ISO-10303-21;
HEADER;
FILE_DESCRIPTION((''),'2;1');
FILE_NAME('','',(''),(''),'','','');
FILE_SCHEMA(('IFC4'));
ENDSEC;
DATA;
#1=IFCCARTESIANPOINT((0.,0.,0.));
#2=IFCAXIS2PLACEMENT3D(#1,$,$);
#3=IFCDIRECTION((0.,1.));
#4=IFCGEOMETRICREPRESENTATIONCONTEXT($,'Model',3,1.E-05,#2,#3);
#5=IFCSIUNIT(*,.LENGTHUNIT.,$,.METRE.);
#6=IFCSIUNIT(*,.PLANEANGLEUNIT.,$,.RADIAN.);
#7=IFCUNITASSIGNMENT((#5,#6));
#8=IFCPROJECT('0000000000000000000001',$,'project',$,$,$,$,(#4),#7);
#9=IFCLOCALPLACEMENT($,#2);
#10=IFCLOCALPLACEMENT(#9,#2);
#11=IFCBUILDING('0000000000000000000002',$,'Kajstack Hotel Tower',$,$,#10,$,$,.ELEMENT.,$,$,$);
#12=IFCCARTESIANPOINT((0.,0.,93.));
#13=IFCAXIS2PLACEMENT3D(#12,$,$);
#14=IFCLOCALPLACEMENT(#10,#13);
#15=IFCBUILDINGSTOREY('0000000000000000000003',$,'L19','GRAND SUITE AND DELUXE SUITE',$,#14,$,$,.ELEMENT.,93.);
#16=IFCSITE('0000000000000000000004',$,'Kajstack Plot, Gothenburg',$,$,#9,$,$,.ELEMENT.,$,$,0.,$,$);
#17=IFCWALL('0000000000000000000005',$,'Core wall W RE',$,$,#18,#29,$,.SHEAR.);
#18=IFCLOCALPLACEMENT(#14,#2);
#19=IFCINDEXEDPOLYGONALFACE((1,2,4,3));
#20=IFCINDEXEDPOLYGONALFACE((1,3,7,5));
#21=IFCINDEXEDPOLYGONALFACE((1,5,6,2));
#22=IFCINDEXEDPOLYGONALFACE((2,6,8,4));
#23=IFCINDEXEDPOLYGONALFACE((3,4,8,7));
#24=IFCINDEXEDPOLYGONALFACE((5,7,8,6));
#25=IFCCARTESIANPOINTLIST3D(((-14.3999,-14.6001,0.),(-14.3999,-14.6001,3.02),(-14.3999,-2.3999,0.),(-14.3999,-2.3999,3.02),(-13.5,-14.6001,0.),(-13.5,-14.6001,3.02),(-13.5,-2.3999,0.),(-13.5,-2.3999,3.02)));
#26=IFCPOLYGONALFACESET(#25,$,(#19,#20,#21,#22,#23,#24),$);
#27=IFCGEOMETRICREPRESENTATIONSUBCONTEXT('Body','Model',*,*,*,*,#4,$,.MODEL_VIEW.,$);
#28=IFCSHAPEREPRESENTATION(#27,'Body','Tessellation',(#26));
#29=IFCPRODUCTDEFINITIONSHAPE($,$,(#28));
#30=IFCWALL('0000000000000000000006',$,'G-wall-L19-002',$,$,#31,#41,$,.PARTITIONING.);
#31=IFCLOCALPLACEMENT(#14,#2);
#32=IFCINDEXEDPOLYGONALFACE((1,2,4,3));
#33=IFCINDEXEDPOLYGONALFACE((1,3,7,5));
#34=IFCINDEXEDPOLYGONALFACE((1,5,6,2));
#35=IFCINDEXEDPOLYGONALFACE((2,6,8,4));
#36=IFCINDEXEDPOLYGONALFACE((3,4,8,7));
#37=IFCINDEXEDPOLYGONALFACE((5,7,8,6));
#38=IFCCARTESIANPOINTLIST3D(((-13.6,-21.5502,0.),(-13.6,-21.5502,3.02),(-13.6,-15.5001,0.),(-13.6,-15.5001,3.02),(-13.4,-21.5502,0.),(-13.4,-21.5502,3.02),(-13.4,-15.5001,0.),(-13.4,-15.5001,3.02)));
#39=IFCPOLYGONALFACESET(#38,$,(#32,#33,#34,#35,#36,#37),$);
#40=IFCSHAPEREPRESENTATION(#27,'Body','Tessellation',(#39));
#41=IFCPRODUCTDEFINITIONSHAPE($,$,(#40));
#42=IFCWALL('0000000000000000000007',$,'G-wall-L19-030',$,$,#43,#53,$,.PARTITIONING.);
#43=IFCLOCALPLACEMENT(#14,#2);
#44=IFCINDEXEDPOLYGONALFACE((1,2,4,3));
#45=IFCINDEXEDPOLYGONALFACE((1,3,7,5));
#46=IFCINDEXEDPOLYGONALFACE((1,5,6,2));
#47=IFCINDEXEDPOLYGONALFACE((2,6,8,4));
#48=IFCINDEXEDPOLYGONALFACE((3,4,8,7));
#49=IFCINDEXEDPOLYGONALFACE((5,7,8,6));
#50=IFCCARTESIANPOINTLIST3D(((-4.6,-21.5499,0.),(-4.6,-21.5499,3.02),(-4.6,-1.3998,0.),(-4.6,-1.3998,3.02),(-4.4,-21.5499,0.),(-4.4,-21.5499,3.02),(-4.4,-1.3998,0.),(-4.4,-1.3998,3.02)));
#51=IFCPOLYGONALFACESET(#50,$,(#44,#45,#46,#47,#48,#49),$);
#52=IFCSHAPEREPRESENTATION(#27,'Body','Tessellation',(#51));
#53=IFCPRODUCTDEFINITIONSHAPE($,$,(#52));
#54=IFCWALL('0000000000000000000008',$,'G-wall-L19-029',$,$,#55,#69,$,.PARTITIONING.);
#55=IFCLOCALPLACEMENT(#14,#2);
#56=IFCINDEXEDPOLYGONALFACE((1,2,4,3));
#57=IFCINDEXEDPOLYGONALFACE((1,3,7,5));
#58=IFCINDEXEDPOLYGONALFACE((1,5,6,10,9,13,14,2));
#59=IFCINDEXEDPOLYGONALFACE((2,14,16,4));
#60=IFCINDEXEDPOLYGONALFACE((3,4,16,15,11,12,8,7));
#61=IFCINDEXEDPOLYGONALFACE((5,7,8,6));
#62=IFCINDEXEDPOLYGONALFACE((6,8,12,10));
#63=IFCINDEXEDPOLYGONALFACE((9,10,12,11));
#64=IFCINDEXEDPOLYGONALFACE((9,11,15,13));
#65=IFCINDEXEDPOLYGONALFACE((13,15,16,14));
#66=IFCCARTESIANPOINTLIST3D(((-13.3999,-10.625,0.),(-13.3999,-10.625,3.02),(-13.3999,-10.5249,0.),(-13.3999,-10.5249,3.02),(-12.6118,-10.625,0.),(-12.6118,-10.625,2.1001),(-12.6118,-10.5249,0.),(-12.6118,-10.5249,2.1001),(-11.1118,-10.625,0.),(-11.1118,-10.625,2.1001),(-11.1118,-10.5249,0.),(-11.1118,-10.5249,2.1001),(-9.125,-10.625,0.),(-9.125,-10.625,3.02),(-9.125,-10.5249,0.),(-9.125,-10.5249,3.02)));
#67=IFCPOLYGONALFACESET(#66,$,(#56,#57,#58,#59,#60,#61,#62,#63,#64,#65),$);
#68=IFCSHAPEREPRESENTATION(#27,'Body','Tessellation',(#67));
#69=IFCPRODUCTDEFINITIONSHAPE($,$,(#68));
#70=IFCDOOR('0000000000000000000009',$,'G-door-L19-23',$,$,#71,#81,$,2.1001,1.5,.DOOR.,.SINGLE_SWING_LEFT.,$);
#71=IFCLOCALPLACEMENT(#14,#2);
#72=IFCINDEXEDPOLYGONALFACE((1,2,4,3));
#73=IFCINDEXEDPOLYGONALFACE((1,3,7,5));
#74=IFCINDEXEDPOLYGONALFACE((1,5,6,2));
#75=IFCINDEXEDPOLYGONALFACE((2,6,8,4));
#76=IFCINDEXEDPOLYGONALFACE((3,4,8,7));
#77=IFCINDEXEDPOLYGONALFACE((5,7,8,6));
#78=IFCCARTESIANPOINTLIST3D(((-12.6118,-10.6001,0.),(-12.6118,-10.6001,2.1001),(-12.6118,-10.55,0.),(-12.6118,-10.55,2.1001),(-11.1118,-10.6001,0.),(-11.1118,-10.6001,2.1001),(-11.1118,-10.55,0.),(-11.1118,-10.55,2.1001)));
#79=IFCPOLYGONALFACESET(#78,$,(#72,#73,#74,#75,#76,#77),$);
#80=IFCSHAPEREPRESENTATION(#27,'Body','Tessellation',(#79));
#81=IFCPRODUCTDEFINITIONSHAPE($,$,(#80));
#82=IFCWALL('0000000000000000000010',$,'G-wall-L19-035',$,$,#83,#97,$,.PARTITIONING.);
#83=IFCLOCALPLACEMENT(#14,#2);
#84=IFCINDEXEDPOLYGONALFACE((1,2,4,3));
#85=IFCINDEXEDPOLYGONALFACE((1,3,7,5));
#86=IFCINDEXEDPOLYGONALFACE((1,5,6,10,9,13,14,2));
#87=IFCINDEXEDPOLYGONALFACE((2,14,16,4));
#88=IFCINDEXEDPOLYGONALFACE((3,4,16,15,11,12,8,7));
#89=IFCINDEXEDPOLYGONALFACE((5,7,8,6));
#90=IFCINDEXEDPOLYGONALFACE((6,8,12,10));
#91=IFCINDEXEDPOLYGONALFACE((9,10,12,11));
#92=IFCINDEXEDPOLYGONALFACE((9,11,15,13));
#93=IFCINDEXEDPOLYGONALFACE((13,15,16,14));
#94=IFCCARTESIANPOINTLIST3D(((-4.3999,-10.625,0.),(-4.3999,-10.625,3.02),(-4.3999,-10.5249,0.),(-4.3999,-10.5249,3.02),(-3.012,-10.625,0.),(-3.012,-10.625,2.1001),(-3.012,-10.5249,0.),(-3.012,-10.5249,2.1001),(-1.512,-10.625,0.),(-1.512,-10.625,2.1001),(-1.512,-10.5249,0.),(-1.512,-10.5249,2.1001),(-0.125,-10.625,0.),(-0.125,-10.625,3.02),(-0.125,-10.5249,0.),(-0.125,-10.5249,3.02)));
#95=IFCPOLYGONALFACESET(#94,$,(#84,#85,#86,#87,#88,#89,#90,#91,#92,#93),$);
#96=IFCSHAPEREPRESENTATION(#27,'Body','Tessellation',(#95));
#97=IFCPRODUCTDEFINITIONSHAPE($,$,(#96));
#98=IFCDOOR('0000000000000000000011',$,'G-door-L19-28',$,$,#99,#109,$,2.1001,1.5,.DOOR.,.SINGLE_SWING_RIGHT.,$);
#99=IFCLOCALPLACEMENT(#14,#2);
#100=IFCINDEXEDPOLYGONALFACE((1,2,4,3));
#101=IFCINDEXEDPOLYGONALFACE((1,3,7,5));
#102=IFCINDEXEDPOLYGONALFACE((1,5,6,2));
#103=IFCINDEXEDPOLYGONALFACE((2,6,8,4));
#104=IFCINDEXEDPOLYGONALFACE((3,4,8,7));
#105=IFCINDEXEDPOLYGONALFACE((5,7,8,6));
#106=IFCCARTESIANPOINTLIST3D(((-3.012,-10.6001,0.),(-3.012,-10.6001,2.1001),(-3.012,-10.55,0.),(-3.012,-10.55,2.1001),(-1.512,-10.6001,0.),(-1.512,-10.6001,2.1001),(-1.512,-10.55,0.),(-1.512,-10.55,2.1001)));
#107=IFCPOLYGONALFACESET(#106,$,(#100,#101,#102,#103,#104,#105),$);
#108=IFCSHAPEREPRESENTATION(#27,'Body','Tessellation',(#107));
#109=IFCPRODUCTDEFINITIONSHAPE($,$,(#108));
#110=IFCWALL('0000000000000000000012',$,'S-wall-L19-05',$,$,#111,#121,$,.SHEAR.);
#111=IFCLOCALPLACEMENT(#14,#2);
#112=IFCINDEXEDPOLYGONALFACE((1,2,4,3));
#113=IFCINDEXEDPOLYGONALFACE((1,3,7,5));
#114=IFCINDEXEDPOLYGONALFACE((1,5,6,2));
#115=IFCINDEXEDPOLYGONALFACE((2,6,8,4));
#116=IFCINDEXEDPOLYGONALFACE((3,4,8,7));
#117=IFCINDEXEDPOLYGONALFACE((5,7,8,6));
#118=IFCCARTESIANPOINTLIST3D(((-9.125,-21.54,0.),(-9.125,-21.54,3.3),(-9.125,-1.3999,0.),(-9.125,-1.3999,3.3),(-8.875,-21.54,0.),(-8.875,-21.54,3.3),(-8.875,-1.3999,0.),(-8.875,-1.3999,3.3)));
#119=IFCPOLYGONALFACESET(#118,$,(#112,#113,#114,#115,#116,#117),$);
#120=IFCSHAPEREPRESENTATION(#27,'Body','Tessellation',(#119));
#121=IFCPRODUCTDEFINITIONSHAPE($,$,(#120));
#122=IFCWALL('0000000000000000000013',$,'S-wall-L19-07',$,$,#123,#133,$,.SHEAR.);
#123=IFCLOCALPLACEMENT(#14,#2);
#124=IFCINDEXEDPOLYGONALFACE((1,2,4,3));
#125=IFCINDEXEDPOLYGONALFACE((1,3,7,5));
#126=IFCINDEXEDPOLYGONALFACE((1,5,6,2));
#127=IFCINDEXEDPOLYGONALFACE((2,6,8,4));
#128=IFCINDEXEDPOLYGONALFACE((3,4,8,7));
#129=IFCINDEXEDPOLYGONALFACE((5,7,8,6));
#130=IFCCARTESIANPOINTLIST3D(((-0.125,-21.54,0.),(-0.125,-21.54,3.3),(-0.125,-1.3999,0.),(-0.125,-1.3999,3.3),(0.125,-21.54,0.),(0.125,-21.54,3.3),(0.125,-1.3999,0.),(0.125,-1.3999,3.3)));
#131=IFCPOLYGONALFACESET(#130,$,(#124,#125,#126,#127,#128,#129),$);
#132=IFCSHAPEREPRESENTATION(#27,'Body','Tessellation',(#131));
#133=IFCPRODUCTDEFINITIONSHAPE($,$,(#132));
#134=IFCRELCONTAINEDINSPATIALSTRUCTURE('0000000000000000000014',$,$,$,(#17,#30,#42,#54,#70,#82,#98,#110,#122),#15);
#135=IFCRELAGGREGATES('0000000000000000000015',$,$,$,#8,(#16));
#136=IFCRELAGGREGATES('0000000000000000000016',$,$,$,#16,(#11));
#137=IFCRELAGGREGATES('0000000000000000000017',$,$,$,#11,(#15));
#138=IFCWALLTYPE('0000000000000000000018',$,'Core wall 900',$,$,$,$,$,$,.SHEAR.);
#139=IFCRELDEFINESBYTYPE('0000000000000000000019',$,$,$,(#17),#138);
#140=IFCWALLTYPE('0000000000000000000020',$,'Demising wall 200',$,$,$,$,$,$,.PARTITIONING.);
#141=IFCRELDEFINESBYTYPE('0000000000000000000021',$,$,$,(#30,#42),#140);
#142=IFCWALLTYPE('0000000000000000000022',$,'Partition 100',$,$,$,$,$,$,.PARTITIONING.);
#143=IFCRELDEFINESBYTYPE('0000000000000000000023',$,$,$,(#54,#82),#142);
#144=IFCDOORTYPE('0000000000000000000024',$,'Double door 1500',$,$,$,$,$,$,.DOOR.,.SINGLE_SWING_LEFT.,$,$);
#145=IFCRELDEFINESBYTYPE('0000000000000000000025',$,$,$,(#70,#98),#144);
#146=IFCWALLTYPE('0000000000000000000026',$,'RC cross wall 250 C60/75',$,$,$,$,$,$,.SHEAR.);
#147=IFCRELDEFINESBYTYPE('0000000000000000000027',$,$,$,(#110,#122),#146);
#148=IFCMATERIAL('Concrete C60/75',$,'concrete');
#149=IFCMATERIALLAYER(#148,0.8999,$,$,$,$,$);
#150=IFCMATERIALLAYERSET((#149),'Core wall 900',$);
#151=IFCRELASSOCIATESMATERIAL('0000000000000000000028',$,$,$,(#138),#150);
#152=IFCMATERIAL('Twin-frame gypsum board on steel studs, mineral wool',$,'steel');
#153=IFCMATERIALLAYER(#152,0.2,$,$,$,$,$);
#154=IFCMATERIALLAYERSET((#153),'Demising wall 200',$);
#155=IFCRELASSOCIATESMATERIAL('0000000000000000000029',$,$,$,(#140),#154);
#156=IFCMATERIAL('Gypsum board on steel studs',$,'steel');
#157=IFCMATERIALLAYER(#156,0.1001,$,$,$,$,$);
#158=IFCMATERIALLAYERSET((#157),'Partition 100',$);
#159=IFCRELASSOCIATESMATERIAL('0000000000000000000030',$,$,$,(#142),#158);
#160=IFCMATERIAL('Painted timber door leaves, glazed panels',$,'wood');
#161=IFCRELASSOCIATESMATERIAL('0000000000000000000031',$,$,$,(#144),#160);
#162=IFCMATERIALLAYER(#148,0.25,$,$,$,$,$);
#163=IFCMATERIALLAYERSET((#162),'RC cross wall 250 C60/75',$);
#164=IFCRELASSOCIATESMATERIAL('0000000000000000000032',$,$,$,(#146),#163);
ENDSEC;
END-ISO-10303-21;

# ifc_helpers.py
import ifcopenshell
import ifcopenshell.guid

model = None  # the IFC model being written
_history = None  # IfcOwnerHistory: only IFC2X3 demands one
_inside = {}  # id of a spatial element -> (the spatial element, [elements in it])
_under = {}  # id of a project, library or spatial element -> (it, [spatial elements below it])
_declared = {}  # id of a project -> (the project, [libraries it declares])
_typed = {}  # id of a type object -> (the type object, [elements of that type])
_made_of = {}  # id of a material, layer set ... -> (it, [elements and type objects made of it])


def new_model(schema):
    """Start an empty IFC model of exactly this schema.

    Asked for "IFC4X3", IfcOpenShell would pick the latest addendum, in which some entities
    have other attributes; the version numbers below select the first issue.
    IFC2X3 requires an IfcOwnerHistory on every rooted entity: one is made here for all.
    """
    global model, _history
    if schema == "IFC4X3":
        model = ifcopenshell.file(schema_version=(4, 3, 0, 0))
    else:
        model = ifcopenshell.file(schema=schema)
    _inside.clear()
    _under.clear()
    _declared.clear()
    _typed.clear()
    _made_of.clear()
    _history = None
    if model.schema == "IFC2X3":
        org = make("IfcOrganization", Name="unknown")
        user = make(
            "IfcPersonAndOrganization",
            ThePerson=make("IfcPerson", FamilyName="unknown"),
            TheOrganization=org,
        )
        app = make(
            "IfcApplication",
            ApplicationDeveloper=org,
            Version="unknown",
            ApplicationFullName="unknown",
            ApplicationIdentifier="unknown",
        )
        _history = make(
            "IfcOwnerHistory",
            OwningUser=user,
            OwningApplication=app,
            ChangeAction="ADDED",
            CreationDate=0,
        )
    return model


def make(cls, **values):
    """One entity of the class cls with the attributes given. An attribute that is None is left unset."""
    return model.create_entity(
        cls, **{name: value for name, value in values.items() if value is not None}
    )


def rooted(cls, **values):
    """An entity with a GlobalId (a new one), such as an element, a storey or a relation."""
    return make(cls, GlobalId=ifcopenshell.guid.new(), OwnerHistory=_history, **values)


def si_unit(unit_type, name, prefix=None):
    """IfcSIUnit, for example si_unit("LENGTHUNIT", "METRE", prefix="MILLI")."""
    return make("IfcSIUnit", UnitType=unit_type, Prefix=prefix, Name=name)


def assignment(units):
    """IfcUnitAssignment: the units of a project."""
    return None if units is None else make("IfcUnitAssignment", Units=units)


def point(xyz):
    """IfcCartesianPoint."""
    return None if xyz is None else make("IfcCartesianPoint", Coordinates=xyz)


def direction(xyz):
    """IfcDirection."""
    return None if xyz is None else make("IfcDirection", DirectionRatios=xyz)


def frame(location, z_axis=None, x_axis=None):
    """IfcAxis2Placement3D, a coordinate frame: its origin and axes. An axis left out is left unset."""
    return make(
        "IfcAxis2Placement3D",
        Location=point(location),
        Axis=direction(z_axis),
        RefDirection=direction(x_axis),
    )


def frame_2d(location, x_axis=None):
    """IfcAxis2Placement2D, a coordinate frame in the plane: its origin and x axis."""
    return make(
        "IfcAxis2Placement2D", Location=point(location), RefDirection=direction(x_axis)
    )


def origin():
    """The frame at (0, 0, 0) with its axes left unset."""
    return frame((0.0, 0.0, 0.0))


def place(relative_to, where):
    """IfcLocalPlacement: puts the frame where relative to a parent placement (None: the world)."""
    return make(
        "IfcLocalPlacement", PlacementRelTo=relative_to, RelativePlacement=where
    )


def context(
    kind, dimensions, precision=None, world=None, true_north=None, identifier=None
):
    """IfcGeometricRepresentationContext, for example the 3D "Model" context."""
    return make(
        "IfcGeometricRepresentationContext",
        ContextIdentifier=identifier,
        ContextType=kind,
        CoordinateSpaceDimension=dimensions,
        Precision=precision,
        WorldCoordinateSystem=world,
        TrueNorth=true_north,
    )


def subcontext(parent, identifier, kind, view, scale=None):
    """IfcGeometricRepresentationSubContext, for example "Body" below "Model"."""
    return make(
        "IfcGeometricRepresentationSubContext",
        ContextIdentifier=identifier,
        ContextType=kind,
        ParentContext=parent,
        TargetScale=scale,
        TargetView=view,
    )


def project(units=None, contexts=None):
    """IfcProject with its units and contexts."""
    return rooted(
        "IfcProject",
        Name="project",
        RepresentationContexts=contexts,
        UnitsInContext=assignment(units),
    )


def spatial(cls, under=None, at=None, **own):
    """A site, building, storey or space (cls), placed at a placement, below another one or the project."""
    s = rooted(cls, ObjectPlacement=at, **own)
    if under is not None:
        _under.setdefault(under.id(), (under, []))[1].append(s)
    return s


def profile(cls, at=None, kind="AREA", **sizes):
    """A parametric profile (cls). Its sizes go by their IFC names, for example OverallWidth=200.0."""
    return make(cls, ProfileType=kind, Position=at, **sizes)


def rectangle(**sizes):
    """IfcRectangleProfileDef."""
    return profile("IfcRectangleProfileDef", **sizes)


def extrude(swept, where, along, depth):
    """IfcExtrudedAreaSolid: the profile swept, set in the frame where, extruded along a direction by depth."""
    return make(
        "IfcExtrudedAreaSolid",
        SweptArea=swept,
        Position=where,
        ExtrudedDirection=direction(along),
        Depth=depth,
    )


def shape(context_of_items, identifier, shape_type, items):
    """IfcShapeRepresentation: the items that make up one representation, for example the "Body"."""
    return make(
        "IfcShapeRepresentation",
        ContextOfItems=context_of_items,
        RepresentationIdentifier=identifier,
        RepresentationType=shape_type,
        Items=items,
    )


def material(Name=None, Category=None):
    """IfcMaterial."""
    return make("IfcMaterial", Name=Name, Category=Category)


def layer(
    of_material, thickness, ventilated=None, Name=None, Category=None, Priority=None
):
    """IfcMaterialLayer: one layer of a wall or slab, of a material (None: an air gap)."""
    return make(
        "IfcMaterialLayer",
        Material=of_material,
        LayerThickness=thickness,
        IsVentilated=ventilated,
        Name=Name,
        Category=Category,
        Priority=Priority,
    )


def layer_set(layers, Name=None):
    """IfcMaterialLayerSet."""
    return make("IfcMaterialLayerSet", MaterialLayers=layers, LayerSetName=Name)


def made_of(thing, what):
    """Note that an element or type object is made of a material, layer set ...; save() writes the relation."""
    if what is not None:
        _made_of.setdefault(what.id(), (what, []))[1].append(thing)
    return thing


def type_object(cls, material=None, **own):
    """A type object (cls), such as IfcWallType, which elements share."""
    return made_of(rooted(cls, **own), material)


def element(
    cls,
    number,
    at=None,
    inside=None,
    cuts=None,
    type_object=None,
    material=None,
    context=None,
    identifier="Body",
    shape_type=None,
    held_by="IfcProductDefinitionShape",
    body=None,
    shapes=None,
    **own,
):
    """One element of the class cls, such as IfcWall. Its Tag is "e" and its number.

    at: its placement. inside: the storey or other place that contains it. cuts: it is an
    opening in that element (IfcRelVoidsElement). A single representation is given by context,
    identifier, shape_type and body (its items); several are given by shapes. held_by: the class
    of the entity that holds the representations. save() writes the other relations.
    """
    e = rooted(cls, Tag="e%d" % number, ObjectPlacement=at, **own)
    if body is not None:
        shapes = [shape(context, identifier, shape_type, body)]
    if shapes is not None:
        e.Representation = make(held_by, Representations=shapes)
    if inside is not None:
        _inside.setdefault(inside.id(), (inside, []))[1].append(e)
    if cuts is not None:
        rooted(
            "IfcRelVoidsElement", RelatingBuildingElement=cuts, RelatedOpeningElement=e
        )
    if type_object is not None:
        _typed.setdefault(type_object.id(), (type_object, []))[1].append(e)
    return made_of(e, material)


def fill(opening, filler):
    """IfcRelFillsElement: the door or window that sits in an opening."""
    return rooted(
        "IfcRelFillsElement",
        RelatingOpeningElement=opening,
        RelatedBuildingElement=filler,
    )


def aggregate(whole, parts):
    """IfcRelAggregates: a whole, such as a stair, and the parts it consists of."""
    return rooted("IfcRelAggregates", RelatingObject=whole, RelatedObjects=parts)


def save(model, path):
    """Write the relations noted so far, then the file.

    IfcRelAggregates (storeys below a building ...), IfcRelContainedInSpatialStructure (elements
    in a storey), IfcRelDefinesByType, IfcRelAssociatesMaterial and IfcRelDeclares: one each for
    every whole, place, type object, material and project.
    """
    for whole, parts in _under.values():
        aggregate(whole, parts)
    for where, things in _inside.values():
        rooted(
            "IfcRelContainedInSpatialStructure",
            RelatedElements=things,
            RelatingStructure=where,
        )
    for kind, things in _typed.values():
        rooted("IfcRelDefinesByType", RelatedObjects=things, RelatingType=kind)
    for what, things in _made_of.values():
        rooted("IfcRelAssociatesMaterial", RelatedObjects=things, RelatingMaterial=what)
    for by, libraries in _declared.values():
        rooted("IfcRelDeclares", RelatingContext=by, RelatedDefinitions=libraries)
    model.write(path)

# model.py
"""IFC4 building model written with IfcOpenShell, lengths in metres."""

from ifc_helpers import new_model, si_unit, direction, frame, frame_2d, origin, place, context, subcontext, project, spatial, rectangle, extrude, material, layer, layer_set, type_object, element, fill, save


model = new_model("IFC4")

# Units and contexts
model_context = context("Model", 3, precision=1e-05, world=origin(), true_north=direction((0.0, 1.0)))
body_context = subcontext(model_context, "Body", "Model", "MODEL_VIEW")
ifc_project = project(units=[si_unit("LENGTHUNIT", "METRE"), si_unit("PLANEANGLEUNIT", "RADIAN")], contexts=[model_context])

# Site, building, storey
site_placement = place(None, origin())
site = spatial("IfcSite", under=ifc_project, at=site_placement, Name="Kajstack Plot, Gothenburg", CompositionType="ELEMENT", RefElevation=0.0)
building_placement = place(site_placement, origin())
building = spatial("IfcBuilding", under=site, at=building_placement, Name="Kajstack Hotel Tower", CompositionType="ELEMENT")
storey_placement = place(building_placement, frame((0.0, 0.0, 93.0)))
storey = spatial("IfcBuildingStorey", under=building, at=storey_placement, Name="L19", Description="GRAND SUITE AND DELUXE SUITE", CompositionType="ELEMENT", Elevation=93.0)

# Walls
ifc_material_1 = material(Name="Concrete C60/75", Category="concrete")
ifc_layer_1 = layer(ifc_material_1, 0.8999)
ifc_layer_set_1 = layer_set([ifc_layer_1], Name="Core wall 900")
wall_type_1 = type_object("IfcWallType", Name="Core wall 900", PredefinedType="SHEAR", material=ifc_layer_set_1)
wall_1_placement = place(storey_placement, frame((-13.95, -14.6001, 0.0), z_axis=(0.0, 0.0, 1.0), x_axis=(0.0, 1.0, 0.0)))
element("IfcWall", 1, at=wall_1_placement, inside=storey, type_object=wall_type_1, Name="Core wall W RE", PredefinedType="SHEAR", context=body_context, shape_type="SweptSolid", body=[
    extrude(rectangle(XDim=12.2002, YDim=0.8999, at=frame_2d((6.1001, 0.0))), origin(), (0.0, 0.0, 1.0), 3.02),
])
ifc_material_2 = material(Name="Twin-frame gypsum board on steel studs, mineral wool", Category="steel")
ifc_layer_2 = layer(ifc_material_2, 0.2)
ifc_layer_set_2 = layer_set([ifc_layer_2], Name="Demising wall 200")
wall_type_2 = type_object("IfcWallType", Name="Demising wall 200", PredefinedType="PARTITIONING", material=ifc_layer_set_2)
wall_2_placement = place(storey_placement, frame((-13.5, -21.55, 0.0), z_axis=(0.0, 0.0, 1.0), x_axis=(0.0, 1.0, 0.0)))
element("IfcWall", 2, at=wall_2_placement, inside=storey, type_object=wall_type_2, Name="G-wall-L19-002", PredefinedType="PARTITIONING", context=body_context, shape_type="SweptSolid", body=[
    extrude(rectangle(XDim=6.05, YDim=0.2, at=frame_2d((3.0249, 0.0))), origin(), (0.0, 0.0, 1.0), 3.02),
])
wall_3_placement = place(storey_placement, frame((-4.5, -21.55, 0.0), z_axis=(0.0, 0.0, 1.0), x_axis=(0.0, 1.0, 0.0)))
element("IfcWall", 3, at=wall_3_placement, inside=storey, type_object=wall_type_2, Name="G-wall-L19-030", PredefinedType="PARTITIONING", context=body_context, shape_type="SweptSolid", body=[
    extrude(rectangle(XDim=20.1501, YDim=0.2, at=frame_2d((10.0752, 0.0))), origin(), (0.0, 0.0, 1.0), 3.02),
])

# Walls, openings, doors
ifc_material_3 = material(Name="Gypsum board on steel studs", Category="steel")
ifc_layer_3 = layer(ifc_material_3, 0.1001)
ifc_layer_set_3 = layer_set([ifc_layer_3], Name="Partition 100")
wall_type_3 = type_object("IfcWallType", Name="Partition 100", PredefinedType="PARTITIONING", material=ifc_layer_set_3)
wall_4_placement = place(storey_placement, frame((-13.3999, -10.575, 0.0), z_axis=(0.0, 0.0, 1.0), x_axis=(1.0, 0.0, 0.0)))
wall_4 = element("IfcWall", 4, at=wall_4_placement, inside=storey, type_object=wall_type_3, Name="G-wall-L19-029", PredefinedType="PARTITIONING", context=body_context, shape_type="SweptSolid", body=[
    extrude(rectangle(XDim=4.2749, YDim=0.1001, at=frame_2d((2.1375, 0.0))), origin(), (0.0, 0.0, 1.0), 3.02),
])
opening_1_placement = place(wall_4_placement, frame((0.7881, 0.0, 0.0)))
opening_1 = element("IfcOpeningElement", 5, at=opening_1_placement, cuts=wall_4, PredefinedType="OPENING", context=body_context, shape_type="SweptSolid", body=[
    extrude(rectangle(XDim=1.5, YDim=2.1001, at=frame_2d((0.75, 1.05))), frame((0.0, 0.0601, 0.0), z_axis=(0.0, -1.0, 0.0), x_axis=(1.0, 0.0, 0.0)), (0.0, 0.0, 1.0), 0.1201),
])
ifc_material_4 = material(Name="Painted timber door leaves, glazed panels", Category="wood")
door_type = type_object("IfcDoorType", Name="Double door 1500", OperationType="SINGLE_SWING_LEFT", PredefinedType="DOOR", material=ifc_material_4)
door_1_placement = place(opening_1_placement, origin())
door_1 = element("IfcDoor", 6, at=door_1_placement, inside=storey, type_object=door_type, Name="G-door-L19-23", OperationType="SINGLE_SWING_LEFT", OverallHeight=2.1001, OverallWidth=1.5, PredefinedType="DOOR", context=body_context, shape_type="SweptSolid", body=[
    extrude(rectangle(XDim=1.5, YDim=2.1001, at=frame_2d((0.75, 1.05))), frame((0.0, 0.0249, 0.0), z_axis=(0.0, -1.0, 0.0), x_axis=(1.0, 0.0, 0.0)), (0.0, 0.0, 1.0), 0.05),
])
fill(opening_1, door_1)
wall_5_placement = place(storey_placement, frame((-4.3999, -10.575, 0.0), z_axis=(0.0, 0.0, 1.0), x_axis=(1.0, 0.0, 0.0)))
wall_5 = element("IfcWall", 7, at=wall_5_placement, inside=storey, type_object=wall_type_3, Name="G-wall-L19-035", PredefinedType="PARTITIONING", context=body_context, shape_type="SweptSolid", body=[
    extrude(rectangle(XDim=4.2749, YDim=0.1001, at=frame_2d((2.1375, 0.0))), origin(), (0.0, 0.0, 1.0), 3.02),
])
opening_2_placement = place(wall_5_placement, frame((1.3879, 0.0, 0.0)))
opening_2 = element("IfcOpeningElement", 8, at=opening_2_placement, cuts=wall_5, PredefinedType="OPENING", context=body_context, shape_type="SweptSolid", body=[
    extrude(rectangle(XDim=1.5, YDim=2.1001, at=frame_2d((0.75, 1.05))), frame((0.0, 0.0601, 0.0), z_axis=(0.0, -1.0, 0.0), x_axis=(1.0, 0.0, 0.0)), (0.0, 0.0, 1.0), 0.1201),
])
door_2_placement = place(opening_2_placement, origin())
door_2 = element("IfcDoor", 9, at=door_2_placement, inside=storey, type_object=door_type, Name="G-door-L19-28", OperationType="SINGLE_SWING_RIGHT", OverallHeight=2.1001, OverallWidth=1.5, PredefinedType="DOOR", context=body_context, shape_type="SweptSolid", body=[
    extrude(rectangle(XDim=1.5, YDim=2.1001, at=frame_2d((0.75, 1.05))), frame((0.0, 0.0249, 0.0), z_axis=(0.0, -1.0, 0.0), x_axis=(1.0, 0.0, 0.0)), (0.0, 0.0, 1.0), 0.05),
])
fill(opening_2, door_2)

# Walls
ifc_layer_4 = layer(ifc_material_1, 0.25)
ifc_layer_set_4 = layer_set([ifc_layer_4], Name="RC cross wall 250 C60/75")
wall_type_4 = type_object("IfcWallType", Name="RC cross wall 250 C60/75", PredefinedType="SHEAR", material=ifc_layer_set_4)
for number, where, z_axis, x_axis, name in (
    (10, (-9.0, -21.54, 0.0), (0.0, 0.0, 1.0), (0.0, 1.0, 0.0), "S-wall-L19-05"),
    (11, (0.0, -21.54, 0.0), (0.0, 0.0, 1.0), (0.0, 1.0, 0.0), "S-wall-L19-07"),
):
    element("IfcWall", number, at=place(storey_placement, frame(where, z_axis=z_axis, x_axis=x_axis)), inside=storey, type_object=wall_type_4, Name=name, PredefinedType="SHEAR", context=body_context, shape_type="SweptSolid", body=[
        extrude(rectangle(XDim=20.1401, YDim=0.25, at=frame_2d((10.0701, 0.0))), origin(), (0.0, 0.0, 1.0), 3.3),
    ])

save(model, "model.ifc")
